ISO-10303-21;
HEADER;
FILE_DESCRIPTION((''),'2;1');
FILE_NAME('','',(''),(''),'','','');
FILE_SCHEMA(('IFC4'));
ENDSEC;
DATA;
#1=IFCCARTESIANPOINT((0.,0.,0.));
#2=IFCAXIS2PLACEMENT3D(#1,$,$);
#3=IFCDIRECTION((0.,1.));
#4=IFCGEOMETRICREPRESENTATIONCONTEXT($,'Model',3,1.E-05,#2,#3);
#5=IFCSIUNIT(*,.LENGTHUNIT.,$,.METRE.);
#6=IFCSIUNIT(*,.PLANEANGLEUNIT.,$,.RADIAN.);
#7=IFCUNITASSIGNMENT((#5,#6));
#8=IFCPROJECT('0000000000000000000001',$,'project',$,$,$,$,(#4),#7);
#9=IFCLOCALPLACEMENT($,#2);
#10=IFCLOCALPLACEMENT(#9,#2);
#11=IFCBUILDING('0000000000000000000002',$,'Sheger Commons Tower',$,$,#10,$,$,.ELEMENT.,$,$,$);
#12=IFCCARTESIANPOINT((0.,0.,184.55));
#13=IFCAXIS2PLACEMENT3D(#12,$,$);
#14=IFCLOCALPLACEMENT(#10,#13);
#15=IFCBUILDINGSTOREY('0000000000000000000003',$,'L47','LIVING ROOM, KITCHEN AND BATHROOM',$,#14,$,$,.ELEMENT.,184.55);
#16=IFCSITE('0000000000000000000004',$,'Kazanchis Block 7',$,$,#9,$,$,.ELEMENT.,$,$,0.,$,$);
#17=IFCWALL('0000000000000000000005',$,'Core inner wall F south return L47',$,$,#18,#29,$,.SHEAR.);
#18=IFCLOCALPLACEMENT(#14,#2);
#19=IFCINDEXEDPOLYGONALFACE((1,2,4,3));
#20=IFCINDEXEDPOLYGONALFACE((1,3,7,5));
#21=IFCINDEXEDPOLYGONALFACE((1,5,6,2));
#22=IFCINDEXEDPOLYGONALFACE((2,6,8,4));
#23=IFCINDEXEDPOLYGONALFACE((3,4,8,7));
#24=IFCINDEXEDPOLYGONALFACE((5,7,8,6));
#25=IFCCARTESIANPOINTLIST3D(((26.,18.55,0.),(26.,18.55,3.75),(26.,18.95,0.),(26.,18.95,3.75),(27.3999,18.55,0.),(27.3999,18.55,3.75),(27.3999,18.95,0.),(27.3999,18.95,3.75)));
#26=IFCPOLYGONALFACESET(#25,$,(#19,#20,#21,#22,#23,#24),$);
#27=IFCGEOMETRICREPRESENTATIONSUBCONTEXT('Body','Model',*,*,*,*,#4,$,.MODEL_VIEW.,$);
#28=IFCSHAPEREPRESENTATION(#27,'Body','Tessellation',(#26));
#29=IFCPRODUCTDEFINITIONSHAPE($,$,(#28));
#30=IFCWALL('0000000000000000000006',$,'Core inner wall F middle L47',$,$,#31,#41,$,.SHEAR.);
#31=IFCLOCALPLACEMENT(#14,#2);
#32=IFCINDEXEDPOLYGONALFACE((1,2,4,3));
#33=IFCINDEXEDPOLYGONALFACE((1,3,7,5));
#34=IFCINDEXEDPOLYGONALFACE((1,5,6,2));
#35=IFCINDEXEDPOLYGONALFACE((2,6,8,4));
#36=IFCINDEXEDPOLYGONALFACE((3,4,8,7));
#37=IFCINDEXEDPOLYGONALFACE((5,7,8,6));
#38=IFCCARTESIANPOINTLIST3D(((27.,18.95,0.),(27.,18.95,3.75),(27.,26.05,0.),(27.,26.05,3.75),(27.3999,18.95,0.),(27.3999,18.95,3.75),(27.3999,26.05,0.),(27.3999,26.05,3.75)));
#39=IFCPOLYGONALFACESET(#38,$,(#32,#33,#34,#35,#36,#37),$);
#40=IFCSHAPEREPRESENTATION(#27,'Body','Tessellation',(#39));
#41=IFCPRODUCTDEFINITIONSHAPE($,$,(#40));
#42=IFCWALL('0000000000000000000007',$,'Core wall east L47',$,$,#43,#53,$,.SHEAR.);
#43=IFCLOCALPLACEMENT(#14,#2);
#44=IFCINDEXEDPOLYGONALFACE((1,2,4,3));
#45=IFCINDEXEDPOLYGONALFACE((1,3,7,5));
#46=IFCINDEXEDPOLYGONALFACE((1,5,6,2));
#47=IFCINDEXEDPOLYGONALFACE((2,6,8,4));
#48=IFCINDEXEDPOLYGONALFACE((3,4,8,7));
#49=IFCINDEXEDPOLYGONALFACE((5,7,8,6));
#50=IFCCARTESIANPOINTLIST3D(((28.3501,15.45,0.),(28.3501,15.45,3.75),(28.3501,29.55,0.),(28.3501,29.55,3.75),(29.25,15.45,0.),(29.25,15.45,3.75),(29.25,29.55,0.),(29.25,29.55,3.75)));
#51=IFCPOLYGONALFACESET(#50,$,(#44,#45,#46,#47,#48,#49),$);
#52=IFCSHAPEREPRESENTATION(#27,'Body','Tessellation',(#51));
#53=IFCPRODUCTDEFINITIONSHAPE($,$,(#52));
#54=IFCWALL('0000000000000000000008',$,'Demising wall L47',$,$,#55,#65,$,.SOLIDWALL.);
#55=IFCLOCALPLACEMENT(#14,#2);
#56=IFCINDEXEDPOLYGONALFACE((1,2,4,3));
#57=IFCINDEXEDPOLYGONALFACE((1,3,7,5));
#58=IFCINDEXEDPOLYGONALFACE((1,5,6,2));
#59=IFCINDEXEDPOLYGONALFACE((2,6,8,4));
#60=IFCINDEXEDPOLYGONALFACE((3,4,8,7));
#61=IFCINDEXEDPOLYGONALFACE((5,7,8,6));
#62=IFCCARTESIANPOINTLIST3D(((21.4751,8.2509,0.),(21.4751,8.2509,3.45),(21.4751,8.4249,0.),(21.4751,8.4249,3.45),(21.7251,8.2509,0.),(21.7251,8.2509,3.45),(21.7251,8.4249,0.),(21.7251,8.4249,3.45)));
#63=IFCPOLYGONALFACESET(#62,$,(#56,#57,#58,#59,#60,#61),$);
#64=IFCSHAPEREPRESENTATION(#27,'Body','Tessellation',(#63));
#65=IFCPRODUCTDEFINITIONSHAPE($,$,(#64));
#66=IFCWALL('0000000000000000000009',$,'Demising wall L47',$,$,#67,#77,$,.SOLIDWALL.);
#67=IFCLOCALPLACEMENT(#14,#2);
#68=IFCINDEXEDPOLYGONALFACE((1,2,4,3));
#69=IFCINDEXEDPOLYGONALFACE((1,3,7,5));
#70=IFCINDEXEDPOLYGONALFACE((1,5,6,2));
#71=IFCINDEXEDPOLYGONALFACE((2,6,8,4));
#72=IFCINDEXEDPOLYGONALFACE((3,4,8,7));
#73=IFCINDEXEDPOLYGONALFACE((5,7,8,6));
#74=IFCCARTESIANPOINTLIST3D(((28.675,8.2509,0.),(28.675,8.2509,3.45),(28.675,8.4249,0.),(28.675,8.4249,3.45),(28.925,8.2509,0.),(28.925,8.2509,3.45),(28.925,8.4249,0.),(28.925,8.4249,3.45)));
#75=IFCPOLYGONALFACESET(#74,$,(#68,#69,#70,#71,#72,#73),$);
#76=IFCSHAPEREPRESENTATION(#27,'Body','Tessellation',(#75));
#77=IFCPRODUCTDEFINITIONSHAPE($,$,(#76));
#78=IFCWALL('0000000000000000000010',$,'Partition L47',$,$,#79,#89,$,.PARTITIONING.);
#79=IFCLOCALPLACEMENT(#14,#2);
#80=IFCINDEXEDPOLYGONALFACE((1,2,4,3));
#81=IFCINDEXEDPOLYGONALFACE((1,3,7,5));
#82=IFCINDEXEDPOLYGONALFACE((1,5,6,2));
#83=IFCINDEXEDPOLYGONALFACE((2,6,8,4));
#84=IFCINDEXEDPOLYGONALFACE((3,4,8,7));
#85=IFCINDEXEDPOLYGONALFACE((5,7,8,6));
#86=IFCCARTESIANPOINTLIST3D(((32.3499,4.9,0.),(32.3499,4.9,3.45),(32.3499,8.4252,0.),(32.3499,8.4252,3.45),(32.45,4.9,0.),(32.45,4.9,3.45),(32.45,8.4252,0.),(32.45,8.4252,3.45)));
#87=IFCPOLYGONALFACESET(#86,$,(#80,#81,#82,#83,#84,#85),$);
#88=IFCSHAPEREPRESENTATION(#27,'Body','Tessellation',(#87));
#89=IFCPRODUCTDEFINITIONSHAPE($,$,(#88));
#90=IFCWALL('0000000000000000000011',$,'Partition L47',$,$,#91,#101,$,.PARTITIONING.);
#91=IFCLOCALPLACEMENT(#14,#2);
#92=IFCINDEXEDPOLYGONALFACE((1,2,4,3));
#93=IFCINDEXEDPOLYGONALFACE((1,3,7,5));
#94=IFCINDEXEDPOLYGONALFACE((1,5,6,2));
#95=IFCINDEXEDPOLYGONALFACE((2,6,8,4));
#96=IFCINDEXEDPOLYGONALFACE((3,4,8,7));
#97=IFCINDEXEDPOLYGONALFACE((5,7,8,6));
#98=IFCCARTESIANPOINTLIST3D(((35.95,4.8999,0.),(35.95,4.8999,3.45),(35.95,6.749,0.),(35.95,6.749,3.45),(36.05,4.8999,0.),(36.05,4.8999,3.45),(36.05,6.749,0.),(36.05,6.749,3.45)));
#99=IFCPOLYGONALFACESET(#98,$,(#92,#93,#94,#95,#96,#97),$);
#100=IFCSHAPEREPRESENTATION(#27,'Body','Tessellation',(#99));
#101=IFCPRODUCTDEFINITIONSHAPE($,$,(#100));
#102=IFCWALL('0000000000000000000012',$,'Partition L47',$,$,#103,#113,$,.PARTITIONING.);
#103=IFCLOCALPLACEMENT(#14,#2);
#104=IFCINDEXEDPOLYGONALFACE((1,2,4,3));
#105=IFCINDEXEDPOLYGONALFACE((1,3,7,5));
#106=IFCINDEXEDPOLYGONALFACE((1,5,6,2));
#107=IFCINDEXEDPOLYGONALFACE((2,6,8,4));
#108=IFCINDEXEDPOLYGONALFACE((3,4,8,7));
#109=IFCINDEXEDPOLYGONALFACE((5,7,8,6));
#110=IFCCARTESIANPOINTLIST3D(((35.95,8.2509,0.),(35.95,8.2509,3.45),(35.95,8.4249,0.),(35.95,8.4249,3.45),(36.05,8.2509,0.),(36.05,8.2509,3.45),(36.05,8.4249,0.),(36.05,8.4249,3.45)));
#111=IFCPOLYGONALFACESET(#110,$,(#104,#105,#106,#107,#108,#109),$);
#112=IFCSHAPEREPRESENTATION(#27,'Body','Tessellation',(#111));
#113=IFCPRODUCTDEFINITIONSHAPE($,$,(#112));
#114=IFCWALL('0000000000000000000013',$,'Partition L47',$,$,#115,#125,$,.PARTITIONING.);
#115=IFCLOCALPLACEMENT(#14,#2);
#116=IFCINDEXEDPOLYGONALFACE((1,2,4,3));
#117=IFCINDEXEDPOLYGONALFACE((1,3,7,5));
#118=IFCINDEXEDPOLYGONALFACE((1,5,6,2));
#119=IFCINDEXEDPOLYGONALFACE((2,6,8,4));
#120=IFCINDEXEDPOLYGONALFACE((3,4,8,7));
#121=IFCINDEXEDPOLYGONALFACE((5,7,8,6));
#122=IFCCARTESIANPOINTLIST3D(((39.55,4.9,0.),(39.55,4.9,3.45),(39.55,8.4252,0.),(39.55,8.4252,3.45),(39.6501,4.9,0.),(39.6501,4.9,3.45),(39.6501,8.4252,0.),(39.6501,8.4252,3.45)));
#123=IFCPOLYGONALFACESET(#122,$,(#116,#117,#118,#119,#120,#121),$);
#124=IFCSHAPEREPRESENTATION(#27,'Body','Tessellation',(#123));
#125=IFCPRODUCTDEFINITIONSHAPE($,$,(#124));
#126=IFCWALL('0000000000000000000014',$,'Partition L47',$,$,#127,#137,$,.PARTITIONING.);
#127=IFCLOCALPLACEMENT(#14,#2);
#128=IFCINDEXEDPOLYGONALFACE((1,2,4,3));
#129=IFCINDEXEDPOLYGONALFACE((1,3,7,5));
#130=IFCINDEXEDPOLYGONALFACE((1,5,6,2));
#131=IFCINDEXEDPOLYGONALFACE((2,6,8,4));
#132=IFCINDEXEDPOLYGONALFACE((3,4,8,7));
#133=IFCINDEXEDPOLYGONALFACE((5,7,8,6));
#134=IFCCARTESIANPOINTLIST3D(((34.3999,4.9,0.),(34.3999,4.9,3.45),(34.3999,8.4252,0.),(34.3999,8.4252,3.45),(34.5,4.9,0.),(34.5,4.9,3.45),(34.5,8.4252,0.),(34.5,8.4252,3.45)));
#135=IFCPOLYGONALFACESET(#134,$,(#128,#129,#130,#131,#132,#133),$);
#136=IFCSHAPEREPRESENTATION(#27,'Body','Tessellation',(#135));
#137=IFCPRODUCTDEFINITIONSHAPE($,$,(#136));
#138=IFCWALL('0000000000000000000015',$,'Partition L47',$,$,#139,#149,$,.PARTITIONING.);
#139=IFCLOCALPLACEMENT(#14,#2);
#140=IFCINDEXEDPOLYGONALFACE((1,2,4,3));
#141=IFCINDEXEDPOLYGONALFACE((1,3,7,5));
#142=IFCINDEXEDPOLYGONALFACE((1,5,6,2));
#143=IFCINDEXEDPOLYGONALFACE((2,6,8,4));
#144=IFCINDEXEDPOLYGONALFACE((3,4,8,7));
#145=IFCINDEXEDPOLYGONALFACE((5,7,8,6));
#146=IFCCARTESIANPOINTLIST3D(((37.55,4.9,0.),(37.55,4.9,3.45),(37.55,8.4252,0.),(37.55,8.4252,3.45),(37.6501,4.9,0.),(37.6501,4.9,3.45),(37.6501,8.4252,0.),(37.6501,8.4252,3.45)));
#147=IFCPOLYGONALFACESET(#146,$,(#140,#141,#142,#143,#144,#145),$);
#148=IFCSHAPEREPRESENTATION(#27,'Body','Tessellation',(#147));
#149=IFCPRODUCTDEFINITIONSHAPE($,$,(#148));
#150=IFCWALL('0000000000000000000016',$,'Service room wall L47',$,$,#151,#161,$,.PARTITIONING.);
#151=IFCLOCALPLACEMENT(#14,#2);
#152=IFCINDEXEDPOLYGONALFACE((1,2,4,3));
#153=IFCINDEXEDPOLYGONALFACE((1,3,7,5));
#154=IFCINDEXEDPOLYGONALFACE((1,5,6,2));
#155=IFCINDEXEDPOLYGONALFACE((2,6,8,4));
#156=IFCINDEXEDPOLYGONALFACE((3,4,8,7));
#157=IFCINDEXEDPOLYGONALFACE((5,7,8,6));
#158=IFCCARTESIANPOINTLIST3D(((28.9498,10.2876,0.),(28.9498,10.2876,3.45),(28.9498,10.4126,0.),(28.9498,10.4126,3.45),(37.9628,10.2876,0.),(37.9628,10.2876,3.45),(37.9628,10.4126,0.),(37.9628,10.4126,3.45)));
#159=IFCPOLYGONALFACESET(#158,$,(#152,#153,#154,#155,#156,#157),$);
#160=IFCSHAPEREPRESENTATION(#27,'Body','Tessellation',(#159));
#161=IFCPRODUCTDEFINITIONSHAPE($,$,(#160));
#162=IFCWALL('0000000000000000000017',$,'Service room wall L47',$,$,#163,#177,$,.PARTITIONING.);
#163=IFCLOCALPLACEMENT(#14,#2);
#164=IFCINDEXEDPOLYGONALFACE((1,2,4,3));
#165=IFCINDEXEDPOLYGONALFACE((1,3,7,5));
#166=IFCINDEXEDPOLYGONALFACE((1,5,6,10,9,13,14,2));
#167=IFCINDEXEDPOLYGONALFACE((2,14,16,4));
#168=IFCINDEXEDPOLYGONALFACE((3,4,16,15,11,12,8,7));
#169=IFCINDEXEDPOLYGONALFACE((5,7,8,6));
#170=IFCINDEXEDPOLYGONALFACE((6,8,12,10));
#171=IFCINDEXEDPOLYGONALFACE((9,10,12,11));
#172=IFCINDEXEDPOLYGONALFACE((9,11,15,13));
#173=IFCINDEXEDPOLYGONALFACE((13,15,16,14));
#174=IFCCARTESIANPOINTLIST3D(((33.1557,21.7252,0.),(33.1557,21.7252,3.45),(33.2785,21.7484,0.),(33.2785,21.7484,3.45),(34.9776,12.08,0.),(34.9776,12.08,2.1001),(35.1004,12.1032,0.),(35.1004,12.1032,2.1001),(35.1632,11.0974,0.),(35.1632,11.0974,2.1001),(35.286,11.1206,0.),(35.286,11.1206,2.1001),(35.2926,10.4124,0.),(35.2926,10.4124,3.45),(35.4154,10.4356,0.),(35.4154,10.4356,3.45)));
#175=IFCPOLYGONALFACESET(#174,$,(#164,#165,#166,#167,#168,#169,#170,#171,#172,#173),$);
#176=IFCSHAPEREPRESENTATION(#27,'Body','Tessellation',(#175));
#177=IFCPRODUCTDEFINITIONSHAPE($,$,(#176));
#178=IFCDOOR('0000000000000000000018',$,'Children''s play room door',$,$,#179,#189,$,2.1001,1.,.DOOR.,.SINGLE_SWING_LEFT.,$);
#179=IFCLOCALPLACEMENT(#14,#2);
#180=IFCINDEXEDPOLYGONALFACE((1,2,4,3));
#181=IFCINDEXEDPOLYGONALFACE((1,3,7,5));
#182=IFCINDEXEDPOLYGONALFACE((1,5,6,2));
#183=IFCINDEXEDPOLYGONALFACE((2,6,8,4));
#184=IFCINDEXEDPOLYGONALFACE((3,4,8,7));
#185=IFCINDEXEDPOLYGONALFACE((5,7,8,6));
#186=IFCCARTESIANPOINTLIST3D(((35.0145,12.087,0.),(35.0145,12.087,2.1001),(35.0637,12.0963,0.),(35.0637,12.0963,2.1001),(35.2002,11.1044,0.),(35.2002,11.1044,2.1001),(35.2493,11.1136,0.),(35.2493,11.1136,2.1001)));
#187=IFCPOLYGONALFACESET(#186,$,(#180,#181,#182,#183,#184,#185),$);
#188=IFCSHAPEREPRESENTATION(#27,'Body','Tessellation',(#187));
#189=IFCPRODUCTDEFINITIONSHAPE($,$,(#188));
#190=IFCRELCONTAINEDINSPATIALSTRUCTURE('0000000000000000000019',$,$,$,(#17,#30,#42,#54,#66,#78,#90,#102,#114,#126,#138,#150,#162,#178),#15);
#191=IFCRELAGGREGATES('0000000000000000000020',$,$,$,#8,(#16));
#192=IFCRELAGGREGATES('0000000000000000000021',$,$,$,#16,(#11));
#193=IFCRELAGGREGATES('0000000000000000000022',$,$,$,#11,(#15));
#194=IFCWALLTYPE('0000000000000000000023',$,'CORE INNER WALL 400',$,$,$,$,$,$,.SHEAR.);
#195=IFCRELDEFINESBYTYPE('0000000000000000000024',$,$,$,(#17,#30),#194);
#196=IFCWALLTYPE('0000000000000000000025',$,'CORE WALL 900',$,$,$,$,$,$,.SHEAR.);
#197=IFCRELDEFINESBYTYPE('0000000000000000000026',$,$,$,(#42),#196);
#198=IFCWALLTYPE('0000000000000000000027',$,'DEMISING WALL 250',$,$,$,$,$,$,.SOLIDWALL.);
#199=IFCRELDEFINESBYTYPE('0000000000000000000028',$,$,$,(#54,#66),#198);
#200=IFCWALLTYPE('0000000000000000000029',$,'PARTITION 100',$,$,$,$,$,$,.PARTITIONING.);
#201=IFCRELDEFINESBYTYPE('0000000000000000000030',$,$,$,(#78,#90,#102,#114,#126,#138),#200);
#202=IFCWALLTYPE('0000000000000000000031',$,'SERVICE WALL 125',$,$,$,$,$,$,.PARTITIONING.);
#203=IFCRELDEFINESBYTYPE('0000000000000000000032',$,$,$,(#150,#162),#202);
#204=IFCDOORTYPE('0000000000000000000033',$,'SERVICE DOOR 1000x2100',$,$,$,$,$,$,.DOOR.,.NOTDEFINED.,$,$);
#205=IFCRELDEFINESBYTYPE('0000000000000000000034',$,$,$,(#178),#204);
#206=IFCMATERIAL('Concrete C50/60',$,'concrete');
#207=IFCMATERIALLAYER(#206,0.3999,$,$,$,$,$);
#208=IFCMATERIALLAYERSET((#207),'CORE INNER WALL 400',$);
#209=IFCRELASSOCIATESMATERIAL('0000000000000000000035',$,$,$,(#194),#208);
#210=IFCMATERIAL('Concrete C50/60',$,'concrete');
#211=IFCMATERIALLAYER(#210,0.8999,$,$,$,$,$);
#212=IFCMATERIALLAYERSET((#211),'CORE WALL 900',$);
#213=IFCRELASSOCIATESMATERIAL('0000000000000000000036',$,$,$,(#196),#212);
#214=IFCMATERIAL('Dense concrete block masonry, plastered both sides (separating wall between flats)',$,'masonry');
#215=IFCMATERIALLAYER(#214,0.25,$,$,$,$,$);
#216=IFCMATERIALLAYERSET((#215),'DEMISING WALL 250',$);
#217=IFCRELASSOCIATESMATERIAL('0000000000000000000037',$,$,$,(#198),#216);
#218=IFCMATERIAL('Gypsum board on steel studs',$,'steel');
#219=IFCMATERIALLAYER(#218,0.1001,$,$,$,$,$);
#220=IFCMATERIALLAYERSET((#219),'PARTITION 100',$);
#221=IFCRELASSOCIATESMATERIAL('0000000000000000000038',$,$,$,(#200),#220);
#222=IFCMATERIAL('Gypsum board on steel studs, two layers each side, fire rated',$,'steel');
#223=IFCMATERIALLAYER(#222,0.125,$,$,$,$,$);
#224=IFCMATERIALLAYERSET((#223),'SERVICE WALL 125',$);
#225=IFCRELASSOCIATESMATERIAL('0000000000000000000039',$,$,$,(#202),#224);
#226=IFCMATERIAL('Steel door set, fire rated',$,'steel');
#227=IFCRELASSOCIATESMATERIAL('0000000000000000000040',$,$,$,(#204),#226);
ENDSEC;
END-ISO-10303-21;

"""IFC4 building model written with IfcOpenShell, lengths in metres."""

from ifc_helpers import new_model, si_unit, direction, frame, frame_2d, origin, place, context, subcontext, project, spatial, rectangle, extrude, material, layer, layer_set, type_object, element, fill, save


model = new_model("IFC4")

# Units and contexts
model_context = context("Model", 3, precision=1e-05, world=origin(), true_north=direction((0.0, 1.0)))
body_context = subcontext(model_context, "Body", "Model", "MODEL_VIEW")
ifc_project = project(units=[si_unit("LENGTHUNIT", "METRE"), si_unit("PLANEANGLEUNIT", "RADIAN")], contexts=[model_context])

# Site, building, storey
site_placement = place(None, origin())
site = spatial("IfcSite", under=ifc_project, at=site_placement, Name="Kazanchis Block 7", CompositionType="ELEMENT", RefElevation=0.0)
building_placement = place(site_placement, origin())
building = spatial("IfcBuilding", under=site, at=building_placement, Name="Sheger Commons Tower", CompositionType="ELEMENT")
storey_placement = place(building_placement, frame((0.0, 0.0, 184.55)))
storey = spatial("IfcBuildingStorey", under=building, at=storey_placement, Name="L47", Description="LIVING ROOM, KITCHEN AND BATHROOM", CompositionType="ELEMENT", Elevation=184.55)

# Shared definitions
ifc_material_1 = material(Name="Concrete C50/60", Category="concrete")
ifc_layer_1 = layer(ifc_material_1, 0.3999)
ifc_layer_set_1 = layer_set([ifc_layer_1], Name="CORE INNER WALL 400")
wall_type_1 = type_object("IfcWallType", Name="CORE INNER WALL 400", PredefinedType="SHEAR", material=ifc_layer_set_1)

# Walls
wall_1_placement = place(storey_placement, frame((26.0, 18.75, 0.0), z_axis=(0.0, 0.0, 1.0), x_axis=(1.0, 0.0, 0.0)))
element("IfcWall", 1, at=wall_1_placement, inside=storey, type_object=wall_type_1, Name="Core inner wall F south return L47", PredefinedType="SHEAR", context=body_context, shape_type="SweptSolid", body=[
    extrude(rectangle(XDim=1.3999, YDim=0.3999, at=frame_2d((0.7, 0.0))), origin(), (0.0, 0.0, 1.0), 3.75),
])
wall_2_placement = place(storey_placement, frame((27.2, 18.95, 0.0), z_axis=(0.0, 0.0, 1.0), x_axis=(0.0, 1.0, 0.0)))
element("IfcWall", 2, at=wall_2_placement, inside=storey, type_object=wall_type_1, Name="Core inner wall F middle L47", PredefinedType="SHEAR", context=body_context, shape_type="SweptSolid", body=[
    extrude(rectangle(XDim=7.1001, YDim=0.3999, at=frame_2d((3.55, 0.0))), origin(), (0.0, 0.0, 1.0), 3.75),
])
ifc_material_2 = material(Name="Concrete C50/60", Category="concrete")
ifc_layer_2 = layer(ifc_material_2, 0.8999)
ifc_layer_set_2 = layer_set([ifc_layer_2], Name="CORE WALL 900")
wall_type_2 = type_object("IfcWallType", Name="CORE WALL 900", PredefinedType="SHEAR", material=ifc_layer_set_2)
wall_3_placement = place(storey_placement, frame((28.8, 15.45, 0.0), z_axis=(0.0, 0.0, 1.0), x_axis=(0.0, 1.0, 0.0)))
element("IfcWall", 3, at=wall_3_placement, inside=storey, type_object=wall_type_2, Name="Core wall east L47", PredefinedType="SHEAR", context=body_context, shape_type="SweptSolid", body=[
    extrude(rectangle(XDim=14.1001, YDim=0.8999, at=frame_2d((7.05, 0.0))), origin(), (0.0, 0.0, 1.0), 3.75),
])
ifc_material_3 = material(Name="Dense concrete block masonry, plastered both sides (separating wall between flats)", Category="masonry")
ifc_layer_3 = layer(ifc_material_3, 0.25)
ifc_layer_set_3 = layer_set([ifc_layer_3], Name="DEMISING WALL 250")
wall_type_3 = type_object("IfcWallType", Name="DEMISING WALL 250", PredefinedType="SOLIDWALL", material=ifc_layer_set_3)
for number, where, z_axis, x_axis, name in (
    (4, (21.6001, 8.251, 0.0), (0.0, 0.0, 1.0), (0.0, 1.0, 0.0), "Demising wall L47"),
    (5, (28.8, 8.251, 0.0), (0.0, 0.0, 1.0), (0.0, 1.0, 0.0), "Demising wall L47"),
):
    element("IfcWall", number, at=place(storey_placement, frame(where, z_axis=z_axis, x_axis=x_axis)), inside=storey, type_object=wall_type_3, Name=name, PredefinedType="SOLIDWALL", context=body_context, shape_type="SweptSolid", body=[
        extrude(rectangle(XDim=0.1741, YDim=0.25, at=frame_2d((0.0869, 0.0))), origin(), (0.0, 0.0, 1.0), 3.45),
    ])
ifc_material_4 = material(Name="Gypsum board on steel studs", Category="steel")
ifc_layer_4 = layer(ifc_material_4, 0.1001)
ifc_layer_set_4 = layer_set([ifc_layer_4], Name="PARTITION 100")
wall_type_4 = type_object("IfcWallType", Name="PARTITION 100", PredefinedType="PARTITIONING", material=ifc_layer_set_4)
wall_4_placement = place(storey_placement, frame((32.3999, 4.8999, 0.0), z_axis=(0.0, 0.0, 1.0), x_axis=(0.0, 1.0, 0.0)))
element("IfcWall", 6, at=wall_4_placement, inside=storey, type_object=wall_type_4, Name="Partition L47", PredefinedType="PARTITIONING", context=body_context, shape_type="SweptSolid", body=[
    extrude(rectangle(XDim=3.5251, YDim=0.1001, at=frame_2d((1.7627, 0.0))), origin(), (0.0, 0.0, 1.0), 3.45),
])
wall_5_placement = place(storey_placement, frame((36.0, 4.8999, 0.0), z_axis=(0.0, 0.0, 1.0), x_axis=(0.0, 1.0, 0.0)))
element("IfcWall", 7, at=wall_5_placement, inside=storey, type_object=wall_type_4, Name="Partition L47", PredefinedType="PARTITIONING", context=body_context, shape_type="SweptSolid", body=[
    extrude(rectangle(XDim=1.8491, YDim=0.1001, at=frame_2d((0.9246, 0.0))), origin(), (0.0, 0.0, 1.0), 3.45),
])
wall_6_placement = place(storey_placement, frame((36.0, 8.251, 0.0), z_axis=(0.0, 0.0, 1.0), x_axis=(0.0, 1.0, 0.0)))
element("IfcWall", 8, at=wall_6_placement, inside=storey, type_object=wall_type_4, Name="Partition L47", PredefinedType="PARTITIONING", context=body_context, shape_type="SweptSolid", body=[
    extrude(rectangle(XDim=0.1741, YDim=0.1001, at=frame_2d((0.0869, 0.0))), origin(), (0.0, 0.0, 1.0), 3.45),
])
for number, where, z_axis, x_axis, name in (
    (9, (39.6001, 4.8999, 0.0), (0.0, 0.0, 1.0), (0.0, 1.0, 0.0), "Partition L47"),
    (10, (34.45, 4.8999, 0.0), (0.0, 0.0, 1.0), (0.0, 1.0, 0.0), "Partition L47"),
    (11, (37.6001, 4.8999, 0.0), (0.0, 0.0, 1.0), (0.0, 1.0, 0.0), "Partition L47"),
):
    element("IfcWall", number, at=place(storey_placement, frame(where, z_axis=z_axis, x_axis=x_axis)), inside=storey, type_object=wall_type_4, Name=name, PredefinedType="PARTITIONING", context=body_context, shape_type="SweptSolid", body=[
        extrude(rectangle(XDim=3.5251, YDim=0.1001, at=frame_2d((1.7627, 0.0))), origin(), (0.0, 0.0, 1.0), 3.45),
    ])
ifc_material_5 = material(Name="Gypsum board on steel studs, two layers each side, fire rated", Category="steel")
ifc_layer_5 = layer(ifc_material_5, 0.125)
ifc_layer_set_5 = layer_set([ifc_layer_5], Name="SERVICE WALL 125")
wall_type_5 = type_object("IfcWallType", Name="SERVICE WALL 125", PredefinedType="PARTITIONING", material=ifc_layer_set_5)
wall_7_placement = place(storey_placement, frame((28.95, 10.3501, 0.0), z_axis=(0.0, 0.0, 1.0), x_axis=(1.0, 0.0, 0.0)))
element("IfcWall", 12, at=wall_7_placement, inside=storey, type_object=wall_type_5, Name="Service room wall L47", PredefinedType="PARTITIONING", context=body_context, shape_type="SweptSolid", body=[
    extrude(rectangle(XDim=9.0129, YDim=0.125, at=frame_2d((4.5063, 0.0))), origin(), (0.0, 0.0, 1.0), 3.45),
])

# Wall, opening, door
wall_8_placement = place(storey_placement, frame((35.354, 10.4241, 0.0), z_axis=(0.0, 0.0, 1.0), x_axis=(-0.185612, 0.982623, 0.0)))
wall_8 = element("IfcWall", 13, at=wall_8_placement, inside=storey, type_object=wall_type_5, Name="Service room wall L47", PredefinedType="PARTITIONING", context=body_context, shape_type="SweptSolid", body=[
    extrude(rectangle(XDim=11.5129, YDim=0.125, at=frame_2d((5.7563, 0.0))), origin(), (0.0, 0.0, 1.0), 3.45),
])
opening_1_placement = place(wall_8_placement, frame((0.697, 0.0, 0.0)))
opening_1 = element("IfcOpeningElement", 14, at=opening_1_placement, cuts=wall_8, PredefinedType="OPENING", context=body_context, shape_type="SweptSolid", body=[
    extrude(rectangle(XDim=1.0, YDim=2.1001, at=frame_2d((0.5, 1.05))), frame((0.0, 0.0725, 0.0), z_axis=(0.0, -1.0, 0.0), x_axis=(1.0, 0.0, 0.0)), (0.0, 0.0, 1.0), 0.145),
])
ifc_material_6 = material(Name="Steel door set, fire rated", Category="steel")
door_type_1 = type_object("IfcDoorType", Name="SERVICE DOOR 1000x2100", OperationType="NOTDEFINED", PredefinedType="DOOR", material=ifc_material_6)
door_1_placement = place(opening_1_placement, origin())
door_1 = element("IfcDoor", 15, at=door_1_placement, inside=storey, type_object=door_type_1, Name="Children's play room door", OperationType="SINGLE_SWING_LEFT", OverallHeight=2.1001, OverallWidth=1.0, PredefinedType="DOOR", context=body_context, shape_type="SweptSolid", body=[
    extrude(rectangle(XDim=1.0, YDim=2.1001, at=frame_2d((0.5, 1.05))), frame((0.0, 0.0249, 0.0), z_axis=(0.0, -1.0, 0.0), x_axis=(1.0, 0.0, 0.0)), (0.0, 0.0, 1.0), 0.05),
])
fill(opening_1, door_1)

save(model, "model.ifc")
